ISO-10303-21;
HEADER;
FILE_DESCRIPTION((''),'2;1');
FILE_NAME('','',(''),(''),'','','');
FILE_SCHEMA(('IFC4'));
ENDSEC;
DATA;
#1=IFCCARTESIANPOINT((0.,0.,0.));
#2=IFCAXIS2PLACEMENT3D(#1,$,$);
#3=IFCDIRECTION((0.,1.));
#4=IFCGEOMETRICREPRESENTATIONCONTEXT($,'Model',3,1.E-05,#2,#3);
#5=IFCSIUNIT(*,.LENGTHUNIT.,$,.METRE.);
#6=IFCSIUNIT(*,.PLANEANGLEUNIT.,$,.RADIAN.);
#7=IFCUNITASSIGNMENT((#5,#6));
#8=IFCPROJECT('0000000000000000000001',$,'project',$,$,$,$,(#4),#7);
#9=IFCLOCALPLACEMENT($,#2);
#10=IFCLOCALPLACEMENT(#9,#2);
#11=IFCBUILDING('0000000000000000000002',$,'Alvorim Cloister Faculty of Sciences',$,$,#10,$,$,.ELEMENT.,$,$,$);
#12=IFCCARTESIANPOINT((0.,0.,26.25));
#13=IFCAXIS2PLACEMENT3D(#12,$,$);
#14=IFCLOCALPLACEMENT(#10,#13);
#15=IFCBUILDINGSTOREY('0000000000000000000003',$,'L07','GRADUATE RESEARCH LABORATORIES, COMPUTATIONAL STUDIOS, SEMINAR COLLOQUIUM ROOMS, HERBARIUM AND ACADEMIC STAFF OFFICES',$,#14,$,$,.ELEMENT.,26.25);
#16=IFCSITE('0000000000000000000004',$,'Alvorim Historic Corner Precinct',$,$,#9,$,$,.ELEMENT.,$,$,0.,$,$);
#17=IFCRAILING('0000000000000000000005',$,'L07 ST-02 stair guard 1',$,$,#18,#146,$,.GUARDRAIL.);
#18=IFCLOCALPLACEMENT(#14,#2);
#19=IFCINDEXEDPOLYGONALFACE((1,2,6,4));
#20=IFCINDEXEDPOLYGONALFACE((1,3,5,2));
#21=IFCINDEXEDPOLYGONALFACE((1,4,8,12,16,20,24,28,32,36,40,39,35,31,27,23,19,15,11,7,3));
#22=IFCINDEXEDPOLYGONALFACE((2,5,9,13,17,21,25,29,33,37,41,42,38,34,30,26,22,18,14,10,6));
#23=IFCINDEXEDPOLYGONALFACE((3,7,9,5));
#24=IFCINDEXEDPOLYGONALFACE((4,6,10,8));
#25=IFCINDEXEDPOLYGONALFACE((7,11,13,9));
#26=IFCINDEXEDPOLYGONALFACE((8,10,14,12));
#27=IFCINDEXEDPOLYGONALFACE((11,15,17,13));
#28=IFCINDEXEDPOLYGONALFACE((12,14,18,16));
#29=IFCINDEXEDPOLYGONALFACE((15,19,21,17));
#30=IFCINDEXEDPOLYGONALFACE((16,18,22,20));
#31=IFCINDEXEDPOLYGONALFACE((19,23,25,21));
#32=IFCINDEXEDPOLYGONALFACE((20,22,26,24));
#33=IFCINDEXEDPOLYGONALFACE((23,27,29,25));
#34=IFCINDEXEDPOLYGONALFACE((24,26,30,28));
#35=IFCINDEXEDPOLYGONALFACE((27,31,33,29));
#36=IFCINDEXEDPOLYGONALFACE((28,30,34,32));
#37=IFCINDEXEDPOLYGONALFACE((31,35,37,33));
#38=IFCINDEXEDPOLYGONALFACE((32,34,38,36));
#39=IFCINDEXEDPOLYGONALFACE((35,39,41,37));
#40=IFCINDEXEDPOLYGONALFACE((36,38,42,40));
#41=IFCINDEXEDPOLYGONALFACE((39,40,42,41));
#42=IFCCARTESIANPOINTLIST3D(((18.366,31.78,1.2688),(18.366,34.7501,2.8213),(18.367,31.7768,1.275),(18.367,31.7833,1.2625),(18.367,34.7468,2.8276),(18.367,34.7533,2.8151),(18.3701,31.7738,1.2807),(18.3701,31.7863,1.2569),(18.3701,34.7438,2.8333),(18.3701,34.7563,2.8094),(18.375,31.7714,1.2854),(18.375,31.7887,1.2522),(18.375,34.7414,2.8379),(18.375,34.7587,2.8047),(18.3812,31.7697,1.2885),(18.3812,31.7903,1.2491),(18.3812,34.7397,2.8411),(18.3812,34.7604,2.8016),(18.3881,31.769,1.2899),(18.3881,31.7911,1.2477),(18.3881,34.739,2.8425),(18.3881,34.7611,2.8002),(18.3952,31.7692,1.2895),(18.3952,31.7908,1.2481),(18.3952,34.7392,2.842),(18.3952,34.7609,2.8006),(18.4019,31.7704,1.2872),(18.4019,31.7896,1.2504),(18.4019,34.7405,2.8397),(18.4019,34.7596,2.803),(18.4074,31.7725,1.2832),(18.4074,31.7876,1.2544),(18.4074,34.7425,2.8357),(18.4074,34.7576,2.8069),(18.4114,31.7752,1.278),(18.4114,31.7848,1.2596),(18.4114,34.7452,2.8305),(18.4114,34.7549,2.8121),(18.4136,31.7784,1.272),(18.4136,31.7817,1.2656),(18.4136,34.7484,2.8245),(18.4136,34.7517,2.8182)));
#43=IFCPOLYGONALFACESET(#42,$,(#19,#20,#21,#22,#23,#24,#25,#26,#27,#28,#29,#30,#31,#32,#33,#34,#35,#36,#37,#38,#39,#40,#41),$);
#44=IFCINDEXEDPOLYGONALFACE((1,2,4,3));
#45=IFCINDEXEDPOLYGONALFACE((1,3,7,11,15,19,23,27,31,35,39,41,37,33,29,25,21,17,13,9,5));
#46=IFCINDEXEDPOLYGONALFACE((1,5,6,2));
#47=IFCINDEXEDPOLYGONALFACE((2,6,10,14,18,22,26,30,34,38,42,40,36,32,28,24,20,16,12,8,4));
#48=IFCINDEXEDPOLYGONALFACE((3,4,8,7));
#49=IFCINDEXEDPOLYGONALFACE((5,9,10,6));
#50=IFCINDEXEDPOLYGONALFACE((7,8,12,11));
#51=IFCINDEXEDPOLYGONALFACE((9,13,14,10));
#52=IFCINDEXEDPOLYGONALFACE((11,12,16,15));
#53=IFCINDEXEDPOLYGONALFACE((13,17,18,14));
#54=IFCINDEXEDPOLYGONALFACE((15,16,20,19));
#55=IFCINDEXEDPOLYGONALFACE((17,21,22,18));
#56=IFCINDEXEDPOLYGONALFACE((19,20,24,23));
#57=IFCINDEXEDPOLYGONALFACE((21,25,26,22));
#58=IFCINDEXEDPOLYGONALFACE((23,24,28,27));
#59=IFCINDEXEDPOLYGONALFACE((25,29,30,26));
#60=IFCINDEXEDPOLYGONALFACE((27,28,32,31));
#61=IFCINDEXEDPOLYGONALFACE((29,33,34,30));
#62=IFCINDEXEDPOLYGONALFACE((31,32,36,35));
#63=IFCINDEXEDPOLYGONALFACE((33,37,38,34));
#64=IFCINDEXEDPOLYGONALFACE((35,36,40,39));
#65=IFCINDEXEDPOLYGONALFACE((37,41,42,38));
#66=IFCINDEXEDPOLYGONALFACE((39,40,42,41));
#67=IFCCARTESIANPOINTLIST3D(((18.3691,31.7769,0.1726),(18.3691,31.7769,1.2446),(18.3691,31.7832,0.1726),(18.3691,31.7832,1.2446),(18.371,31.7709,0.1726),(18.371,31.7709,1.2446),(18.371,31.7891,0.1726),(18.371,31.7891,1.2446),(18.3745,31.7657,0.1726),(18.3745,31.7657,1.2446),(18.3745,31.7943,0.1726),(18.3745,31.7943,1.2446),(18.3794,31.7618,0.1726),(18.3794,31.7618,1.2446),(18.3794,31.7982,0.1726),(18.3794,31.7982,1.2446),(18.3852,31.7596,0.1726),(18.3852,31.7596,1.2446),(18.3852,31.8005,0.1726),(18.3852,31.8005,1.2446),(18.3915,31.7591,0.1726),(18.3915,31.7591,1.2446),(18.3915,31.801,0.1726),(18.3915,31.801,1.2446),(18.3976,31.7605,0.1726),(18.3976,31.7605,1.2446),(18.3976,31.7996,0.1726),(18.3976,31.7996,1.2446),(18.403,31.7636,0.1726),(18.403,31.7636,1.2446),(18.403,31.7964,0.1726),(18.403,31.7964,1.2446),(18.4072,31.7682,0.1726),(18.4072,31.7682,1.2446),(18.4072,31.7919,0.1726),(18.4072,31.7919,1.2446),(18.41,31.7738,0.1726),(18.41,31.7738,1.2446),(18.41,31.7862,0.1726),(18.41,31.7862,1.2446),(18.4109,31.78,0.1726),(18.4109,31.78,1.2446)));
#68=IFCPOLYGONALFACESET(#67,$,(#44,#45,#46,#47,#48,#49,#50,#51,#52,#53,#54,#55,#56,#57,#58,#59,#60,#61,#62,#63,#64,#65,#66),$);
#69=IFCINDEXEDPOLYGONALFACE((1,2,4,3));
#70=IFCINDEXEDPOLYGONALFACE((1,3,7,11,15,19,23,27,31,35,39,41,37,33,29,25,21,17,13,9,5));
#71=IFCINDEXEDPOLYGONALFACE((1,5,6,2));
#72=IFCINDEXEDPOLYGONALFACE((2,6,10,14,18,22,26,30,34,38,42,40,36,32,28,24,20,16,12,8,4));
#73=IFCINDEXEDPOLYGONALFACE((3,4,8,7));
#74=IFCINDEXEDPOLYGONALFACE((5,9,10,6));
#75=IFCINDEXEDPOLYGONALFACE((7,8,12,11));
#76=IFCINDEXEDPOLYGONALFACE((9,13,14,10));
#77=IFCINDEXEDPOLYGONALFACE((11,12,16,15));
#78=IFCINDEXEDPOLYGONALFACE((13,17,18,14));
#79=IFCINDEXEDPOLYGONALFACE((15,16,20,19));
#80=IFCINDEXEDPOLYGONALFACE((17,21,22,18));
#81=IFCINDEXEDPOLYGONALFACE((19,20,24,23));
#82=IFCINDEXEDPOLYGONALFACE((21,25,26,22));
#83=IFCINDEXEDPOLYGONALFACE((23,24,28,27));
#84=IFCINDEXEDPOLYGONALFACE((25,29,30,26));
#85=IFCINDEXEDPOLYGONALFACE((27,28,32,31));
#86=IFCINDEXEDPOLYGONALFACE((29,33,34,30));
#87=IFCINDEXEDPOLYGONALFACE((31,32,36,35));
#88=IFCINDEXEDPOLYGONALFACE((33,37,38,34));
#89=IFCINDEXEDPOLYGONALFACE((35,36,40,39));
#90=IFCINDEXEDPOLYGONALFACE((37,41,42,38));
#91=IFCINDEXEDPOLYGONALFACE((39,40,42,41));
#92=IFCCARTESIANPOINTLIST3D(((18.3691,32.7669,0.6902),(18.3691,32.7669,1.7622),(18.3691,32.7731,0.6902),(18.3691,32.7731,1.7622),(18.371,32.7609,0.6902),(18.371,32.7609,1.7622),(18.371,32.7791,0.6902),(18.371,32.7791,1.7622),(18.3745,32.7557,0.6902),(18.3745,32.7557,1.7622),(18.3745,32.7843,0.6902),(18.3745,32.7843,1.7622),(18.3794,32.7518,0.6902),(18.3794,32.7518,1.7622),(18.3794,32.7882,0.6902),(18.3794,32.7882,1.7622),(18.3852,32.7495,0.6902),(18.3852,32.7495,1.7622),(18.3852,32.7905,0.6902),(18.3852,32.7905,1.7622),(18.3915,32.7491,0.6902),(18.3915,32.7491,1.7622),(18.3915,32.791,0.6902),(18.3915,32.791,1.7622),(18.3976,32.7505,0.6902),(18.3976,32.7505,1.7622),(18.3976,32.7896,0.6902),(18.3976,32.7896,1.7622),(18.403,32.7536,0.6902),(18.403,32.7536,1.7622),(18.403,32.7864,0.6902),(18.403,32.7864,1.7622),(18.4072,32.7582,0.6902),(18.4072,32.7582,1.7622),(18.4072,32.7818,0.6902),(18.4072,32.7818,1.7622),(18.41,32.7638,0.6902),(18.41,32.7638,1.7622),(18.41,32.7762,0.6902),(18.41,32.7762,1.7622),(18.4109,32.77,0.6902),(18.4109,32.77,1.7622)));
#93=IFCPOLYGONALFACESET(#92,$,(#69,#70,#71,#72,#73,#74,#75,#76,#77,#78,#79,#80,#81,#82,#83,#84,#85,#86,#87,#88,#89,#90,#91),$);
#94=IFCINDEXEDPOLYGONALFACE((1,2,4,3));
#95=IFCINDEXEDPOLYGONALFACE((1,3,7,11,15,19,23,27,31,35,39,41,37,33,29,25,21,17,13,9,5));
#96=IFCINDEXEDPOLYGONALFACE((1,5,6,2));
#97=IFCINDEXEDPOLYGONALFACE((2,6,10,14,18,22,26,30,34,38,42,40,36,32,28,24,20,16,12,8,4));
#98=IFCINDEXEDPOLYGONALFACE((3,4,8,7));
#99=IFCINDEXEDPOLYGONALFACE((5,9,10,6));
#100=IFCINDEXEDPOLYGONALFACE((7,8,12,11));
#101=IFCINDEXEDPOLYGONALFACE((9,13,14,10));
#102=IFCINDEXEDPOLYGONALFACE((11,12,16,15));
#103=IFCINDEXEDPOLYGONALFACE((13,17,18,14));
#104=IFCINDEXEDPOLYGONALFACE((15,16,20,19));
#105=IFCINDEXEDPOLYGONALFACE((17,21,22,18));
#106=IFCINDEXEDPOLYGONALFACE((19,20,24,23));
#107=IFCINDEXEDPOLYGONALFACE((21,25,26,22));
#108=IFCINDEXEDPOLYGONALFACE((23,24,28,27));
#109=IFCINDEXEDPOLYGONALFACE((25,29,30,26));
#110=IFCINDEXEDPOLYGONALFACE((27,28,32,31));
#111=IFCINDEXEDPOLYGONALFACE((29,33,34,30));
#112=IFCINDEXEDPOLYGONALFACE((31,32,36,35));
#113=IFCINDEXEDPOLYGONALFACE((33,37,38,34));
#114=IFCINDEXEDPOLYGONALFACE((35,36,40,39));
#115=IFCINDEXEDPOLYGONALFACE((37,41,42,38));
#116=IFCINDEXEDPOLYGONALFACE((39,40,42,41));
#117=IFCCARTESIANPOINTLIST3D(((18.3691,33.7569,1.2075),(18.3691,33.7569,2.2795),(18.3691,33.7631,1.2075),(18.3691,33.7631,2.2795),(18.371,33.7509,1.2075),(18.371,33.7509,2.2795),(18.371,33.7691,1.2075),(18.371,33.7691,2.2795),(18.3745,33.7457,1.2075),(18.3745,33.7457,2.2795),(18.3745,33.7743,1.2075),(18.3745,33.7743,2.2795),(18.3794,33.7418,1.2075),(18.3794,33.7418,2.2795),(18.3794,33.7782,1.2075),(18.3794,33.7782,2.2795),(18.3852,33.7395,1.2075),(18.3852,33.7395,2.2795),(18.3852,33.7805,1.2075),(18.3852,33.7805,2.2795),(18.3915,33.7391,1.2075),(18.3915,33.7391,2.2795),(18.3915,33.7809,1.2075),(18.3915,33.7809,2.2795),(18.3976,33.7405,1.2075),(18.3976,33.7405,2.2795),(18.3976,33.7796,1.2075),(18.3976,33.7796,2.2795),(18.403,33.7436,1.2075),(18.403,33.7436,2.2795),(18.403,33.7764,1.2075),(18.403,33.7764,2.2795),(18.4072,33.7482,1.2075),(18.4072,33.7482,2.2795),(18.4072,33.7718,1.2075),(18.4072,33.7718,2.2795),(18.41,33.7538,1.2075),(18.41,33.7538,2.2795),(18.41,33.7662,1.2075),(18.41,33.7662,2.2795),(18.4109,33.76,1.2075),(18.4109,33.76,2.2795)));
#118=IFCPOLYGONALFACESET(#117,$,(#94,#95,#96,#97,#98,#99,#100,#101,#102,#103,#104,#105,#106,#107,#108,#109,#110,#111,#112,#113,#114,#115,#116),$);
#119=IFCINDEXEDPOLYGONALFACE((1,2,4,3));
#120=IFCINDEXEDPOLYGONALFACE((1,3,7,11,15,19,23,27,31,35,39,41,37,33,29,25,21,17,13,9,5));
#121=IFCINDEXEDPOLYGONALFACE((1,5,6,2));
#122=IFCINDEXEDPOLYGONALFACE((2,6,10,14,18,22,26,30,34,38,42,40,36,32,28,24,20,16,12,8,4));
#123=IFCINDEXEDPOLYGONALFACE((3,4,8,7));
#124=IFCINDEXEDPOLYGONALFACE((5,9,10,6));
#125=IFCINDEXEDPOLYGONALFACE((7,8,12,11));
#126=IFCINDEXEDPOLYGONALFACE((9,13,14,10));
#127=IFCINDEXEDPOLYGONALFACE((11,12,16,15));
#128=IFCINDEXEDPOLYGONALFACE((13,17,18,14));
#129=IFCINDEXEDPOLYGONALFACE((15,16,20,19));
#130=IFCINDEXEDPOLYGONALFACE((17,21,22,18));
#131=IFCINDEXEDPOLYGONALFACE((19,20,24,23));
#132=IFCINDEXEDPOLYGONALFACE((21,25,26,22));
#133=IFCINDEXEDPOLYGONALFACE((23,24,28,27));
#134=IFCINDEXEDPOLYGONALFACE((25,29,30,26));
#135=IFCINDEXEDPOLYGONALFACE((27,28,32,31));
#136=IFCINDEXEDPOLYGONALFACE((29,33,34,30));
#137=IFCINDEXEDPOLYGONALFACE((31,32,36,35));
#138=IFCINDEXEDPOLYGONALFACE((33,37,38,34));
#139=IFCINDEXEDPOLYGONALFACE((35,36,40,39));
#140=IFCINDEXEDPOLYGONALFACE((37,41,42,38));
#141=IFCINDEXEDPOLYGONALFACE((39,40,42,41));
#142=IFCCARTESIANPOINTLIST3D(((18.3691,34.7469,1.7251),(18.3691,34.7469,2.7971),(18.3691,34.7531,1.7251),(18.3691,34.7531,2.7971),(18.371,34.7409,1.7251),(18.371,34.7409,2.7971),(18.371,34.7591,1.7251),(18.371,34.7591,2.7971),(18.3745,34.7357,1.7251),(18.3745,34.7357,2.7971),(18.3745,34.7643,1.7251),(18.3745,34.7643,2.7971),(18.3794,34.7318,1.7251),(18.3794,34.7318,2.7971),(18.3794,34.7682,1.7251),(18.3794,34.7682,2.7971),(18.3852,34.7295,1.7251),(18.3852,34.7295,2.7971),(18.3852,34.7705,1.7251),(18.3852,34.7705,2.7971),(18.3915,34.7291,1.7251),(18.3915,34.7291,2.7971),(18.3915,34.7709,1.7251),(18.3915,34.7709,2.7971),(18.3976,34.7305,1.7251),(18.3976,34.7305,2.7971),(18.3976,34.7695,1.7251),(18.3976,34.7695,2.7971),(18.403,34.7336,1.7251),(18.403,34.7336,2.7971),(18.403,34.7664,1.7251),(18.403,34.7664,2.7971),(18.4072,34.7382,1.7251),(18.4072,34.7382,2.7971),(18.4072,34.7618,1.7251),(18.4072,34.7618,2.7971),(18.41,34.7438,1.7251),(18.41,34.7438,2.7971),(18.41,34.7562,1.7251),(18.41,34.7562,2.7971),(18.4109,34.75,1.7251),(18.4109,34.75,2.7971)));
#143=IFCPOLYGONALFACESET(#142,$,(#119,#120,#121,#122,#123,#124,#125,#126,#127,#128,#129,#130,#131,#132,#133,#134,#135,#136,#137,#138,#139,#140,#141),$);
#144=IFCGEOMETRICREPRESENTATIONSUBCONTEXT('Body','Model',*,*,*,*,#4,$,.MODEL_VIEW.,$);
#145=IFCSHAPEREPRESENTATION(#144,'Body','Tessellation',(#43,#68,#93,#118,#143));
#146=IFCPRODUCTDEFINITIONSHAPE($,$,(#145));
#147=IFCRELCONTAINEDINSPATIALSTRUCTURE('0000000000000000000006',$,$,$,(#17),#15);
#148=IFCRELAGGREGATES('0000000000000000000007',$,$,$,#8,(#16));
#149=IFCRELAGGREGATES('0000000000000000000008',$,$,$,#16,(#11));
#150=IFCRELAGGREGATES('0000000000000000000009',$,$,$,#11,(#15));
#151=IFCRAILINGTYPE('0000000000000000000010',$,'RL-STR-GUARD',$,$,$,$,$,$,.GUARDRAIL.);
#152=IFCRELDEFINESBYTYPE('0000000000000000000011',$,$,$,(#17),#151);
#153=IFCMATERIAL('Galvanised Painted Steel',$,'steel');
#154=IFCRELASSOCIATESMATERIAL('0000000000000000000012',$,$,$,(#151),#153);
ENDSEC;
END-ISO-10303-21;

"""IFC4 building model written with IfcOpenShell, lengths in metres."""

from ifc_helpers import new_model, si_unit, direction, frame, origin, origin_2d, place, context, subcontext, project, spatial, circle, extrude, material, type_object, element, save


model = new_model("IFC4")

# Units and contexts
model_context = context("Model", 3, precision=1e-05, world=origin(), true_north=direction((0.0, 1.0)))
body_context = subcontext(model_context, "Body", "Model", "MODEL_VIEW")
ifc_project = project(units=[si_unit("LENGTHUNIT", "METRE"), si_unit("PLANEANGLEUNIT", "RADIAN")], contexts=[model_context])

# Site, building, storey
site_placement = place(None, origin())
site = spatial("IfcSite", under=ifc_project, at=site_placement, Name="Alvorim Historic Corner Precinct", CompositionType="ELEMENT", RefElevation=0.0)
building_placement = place(site_placement, origin())
building = spatial("IfcBuilding", under=site, at=building_placement, Name="Alvorim Cloister Faculty of Sciences", CompositionType="ELEMENT")
storey_placement = place(building_placement, frame((0.0, 0.0, 26.25)))
storey = spatial("IfcBuildingStorey", under=building, at=storey_placement, Name="L07", Description="GRADUATE RESEARCH LABORATORIES, COMPUTATIONAL STUDIOS, SEMINAR COLLOQUIUM ROOMS, HERBARIUM AND ACADEMIC STAFF OFFICES", CompositionType="ELEMENT", Elevation=26.25)

# Railing
ifc_material_1 = material(Name="Galvanised Painted Steel", Category="steel")
railing_type_1 = type_object("IfcRailingType", Name="RL-STR-GUARD", PredefinedType="GUARDRAIL", material=ifc_material_1)
railing_1_placement = place(storey_placement, frame((18.3899, 31.78, 0.1726)))
element("IfcRailing", 1, at=railing_1_placement, inside=storey, type_object=railing_type_1, Name="L07 ST-02 stair guard 1", PredefinedType="GUARDRAIL", context=body_context, shape_type="SweptSolid", body=[
    extrude(circle(Radius=0.0239, at=origin_2d()), frame((0.0, 0.0, 1.0962), z_axis=(0.0, 0.886225, 0.463256), x_axis=(-1.0, 0.0, 0.0)), (0.0, 0.0, 1.0), 3.3513),
    extrude(circle(Radius=0.021, at=origin_2d()), origin(), (0.0, 0.0, 1.0), 1.072),
    extrude(circle(Radius=0.021, at=origin_2d()), frame((0.0, 0.99, 0.5176)), (0.0, 0.0, 1.0), 1.072),
    extrude(circle(Radius=0.021, at=origin_2d()), frame((0.0, 1.98, 1.0349)), (0.0, 0.0, 1.0), 1.072),
    extrude(circle(Radius=0.021, at=origin_2d()), frame((0.0, 2.97, 1.5525)), (0.0, 0.0, 1.0), 1.072),
])

save(model, "model.ifc")
